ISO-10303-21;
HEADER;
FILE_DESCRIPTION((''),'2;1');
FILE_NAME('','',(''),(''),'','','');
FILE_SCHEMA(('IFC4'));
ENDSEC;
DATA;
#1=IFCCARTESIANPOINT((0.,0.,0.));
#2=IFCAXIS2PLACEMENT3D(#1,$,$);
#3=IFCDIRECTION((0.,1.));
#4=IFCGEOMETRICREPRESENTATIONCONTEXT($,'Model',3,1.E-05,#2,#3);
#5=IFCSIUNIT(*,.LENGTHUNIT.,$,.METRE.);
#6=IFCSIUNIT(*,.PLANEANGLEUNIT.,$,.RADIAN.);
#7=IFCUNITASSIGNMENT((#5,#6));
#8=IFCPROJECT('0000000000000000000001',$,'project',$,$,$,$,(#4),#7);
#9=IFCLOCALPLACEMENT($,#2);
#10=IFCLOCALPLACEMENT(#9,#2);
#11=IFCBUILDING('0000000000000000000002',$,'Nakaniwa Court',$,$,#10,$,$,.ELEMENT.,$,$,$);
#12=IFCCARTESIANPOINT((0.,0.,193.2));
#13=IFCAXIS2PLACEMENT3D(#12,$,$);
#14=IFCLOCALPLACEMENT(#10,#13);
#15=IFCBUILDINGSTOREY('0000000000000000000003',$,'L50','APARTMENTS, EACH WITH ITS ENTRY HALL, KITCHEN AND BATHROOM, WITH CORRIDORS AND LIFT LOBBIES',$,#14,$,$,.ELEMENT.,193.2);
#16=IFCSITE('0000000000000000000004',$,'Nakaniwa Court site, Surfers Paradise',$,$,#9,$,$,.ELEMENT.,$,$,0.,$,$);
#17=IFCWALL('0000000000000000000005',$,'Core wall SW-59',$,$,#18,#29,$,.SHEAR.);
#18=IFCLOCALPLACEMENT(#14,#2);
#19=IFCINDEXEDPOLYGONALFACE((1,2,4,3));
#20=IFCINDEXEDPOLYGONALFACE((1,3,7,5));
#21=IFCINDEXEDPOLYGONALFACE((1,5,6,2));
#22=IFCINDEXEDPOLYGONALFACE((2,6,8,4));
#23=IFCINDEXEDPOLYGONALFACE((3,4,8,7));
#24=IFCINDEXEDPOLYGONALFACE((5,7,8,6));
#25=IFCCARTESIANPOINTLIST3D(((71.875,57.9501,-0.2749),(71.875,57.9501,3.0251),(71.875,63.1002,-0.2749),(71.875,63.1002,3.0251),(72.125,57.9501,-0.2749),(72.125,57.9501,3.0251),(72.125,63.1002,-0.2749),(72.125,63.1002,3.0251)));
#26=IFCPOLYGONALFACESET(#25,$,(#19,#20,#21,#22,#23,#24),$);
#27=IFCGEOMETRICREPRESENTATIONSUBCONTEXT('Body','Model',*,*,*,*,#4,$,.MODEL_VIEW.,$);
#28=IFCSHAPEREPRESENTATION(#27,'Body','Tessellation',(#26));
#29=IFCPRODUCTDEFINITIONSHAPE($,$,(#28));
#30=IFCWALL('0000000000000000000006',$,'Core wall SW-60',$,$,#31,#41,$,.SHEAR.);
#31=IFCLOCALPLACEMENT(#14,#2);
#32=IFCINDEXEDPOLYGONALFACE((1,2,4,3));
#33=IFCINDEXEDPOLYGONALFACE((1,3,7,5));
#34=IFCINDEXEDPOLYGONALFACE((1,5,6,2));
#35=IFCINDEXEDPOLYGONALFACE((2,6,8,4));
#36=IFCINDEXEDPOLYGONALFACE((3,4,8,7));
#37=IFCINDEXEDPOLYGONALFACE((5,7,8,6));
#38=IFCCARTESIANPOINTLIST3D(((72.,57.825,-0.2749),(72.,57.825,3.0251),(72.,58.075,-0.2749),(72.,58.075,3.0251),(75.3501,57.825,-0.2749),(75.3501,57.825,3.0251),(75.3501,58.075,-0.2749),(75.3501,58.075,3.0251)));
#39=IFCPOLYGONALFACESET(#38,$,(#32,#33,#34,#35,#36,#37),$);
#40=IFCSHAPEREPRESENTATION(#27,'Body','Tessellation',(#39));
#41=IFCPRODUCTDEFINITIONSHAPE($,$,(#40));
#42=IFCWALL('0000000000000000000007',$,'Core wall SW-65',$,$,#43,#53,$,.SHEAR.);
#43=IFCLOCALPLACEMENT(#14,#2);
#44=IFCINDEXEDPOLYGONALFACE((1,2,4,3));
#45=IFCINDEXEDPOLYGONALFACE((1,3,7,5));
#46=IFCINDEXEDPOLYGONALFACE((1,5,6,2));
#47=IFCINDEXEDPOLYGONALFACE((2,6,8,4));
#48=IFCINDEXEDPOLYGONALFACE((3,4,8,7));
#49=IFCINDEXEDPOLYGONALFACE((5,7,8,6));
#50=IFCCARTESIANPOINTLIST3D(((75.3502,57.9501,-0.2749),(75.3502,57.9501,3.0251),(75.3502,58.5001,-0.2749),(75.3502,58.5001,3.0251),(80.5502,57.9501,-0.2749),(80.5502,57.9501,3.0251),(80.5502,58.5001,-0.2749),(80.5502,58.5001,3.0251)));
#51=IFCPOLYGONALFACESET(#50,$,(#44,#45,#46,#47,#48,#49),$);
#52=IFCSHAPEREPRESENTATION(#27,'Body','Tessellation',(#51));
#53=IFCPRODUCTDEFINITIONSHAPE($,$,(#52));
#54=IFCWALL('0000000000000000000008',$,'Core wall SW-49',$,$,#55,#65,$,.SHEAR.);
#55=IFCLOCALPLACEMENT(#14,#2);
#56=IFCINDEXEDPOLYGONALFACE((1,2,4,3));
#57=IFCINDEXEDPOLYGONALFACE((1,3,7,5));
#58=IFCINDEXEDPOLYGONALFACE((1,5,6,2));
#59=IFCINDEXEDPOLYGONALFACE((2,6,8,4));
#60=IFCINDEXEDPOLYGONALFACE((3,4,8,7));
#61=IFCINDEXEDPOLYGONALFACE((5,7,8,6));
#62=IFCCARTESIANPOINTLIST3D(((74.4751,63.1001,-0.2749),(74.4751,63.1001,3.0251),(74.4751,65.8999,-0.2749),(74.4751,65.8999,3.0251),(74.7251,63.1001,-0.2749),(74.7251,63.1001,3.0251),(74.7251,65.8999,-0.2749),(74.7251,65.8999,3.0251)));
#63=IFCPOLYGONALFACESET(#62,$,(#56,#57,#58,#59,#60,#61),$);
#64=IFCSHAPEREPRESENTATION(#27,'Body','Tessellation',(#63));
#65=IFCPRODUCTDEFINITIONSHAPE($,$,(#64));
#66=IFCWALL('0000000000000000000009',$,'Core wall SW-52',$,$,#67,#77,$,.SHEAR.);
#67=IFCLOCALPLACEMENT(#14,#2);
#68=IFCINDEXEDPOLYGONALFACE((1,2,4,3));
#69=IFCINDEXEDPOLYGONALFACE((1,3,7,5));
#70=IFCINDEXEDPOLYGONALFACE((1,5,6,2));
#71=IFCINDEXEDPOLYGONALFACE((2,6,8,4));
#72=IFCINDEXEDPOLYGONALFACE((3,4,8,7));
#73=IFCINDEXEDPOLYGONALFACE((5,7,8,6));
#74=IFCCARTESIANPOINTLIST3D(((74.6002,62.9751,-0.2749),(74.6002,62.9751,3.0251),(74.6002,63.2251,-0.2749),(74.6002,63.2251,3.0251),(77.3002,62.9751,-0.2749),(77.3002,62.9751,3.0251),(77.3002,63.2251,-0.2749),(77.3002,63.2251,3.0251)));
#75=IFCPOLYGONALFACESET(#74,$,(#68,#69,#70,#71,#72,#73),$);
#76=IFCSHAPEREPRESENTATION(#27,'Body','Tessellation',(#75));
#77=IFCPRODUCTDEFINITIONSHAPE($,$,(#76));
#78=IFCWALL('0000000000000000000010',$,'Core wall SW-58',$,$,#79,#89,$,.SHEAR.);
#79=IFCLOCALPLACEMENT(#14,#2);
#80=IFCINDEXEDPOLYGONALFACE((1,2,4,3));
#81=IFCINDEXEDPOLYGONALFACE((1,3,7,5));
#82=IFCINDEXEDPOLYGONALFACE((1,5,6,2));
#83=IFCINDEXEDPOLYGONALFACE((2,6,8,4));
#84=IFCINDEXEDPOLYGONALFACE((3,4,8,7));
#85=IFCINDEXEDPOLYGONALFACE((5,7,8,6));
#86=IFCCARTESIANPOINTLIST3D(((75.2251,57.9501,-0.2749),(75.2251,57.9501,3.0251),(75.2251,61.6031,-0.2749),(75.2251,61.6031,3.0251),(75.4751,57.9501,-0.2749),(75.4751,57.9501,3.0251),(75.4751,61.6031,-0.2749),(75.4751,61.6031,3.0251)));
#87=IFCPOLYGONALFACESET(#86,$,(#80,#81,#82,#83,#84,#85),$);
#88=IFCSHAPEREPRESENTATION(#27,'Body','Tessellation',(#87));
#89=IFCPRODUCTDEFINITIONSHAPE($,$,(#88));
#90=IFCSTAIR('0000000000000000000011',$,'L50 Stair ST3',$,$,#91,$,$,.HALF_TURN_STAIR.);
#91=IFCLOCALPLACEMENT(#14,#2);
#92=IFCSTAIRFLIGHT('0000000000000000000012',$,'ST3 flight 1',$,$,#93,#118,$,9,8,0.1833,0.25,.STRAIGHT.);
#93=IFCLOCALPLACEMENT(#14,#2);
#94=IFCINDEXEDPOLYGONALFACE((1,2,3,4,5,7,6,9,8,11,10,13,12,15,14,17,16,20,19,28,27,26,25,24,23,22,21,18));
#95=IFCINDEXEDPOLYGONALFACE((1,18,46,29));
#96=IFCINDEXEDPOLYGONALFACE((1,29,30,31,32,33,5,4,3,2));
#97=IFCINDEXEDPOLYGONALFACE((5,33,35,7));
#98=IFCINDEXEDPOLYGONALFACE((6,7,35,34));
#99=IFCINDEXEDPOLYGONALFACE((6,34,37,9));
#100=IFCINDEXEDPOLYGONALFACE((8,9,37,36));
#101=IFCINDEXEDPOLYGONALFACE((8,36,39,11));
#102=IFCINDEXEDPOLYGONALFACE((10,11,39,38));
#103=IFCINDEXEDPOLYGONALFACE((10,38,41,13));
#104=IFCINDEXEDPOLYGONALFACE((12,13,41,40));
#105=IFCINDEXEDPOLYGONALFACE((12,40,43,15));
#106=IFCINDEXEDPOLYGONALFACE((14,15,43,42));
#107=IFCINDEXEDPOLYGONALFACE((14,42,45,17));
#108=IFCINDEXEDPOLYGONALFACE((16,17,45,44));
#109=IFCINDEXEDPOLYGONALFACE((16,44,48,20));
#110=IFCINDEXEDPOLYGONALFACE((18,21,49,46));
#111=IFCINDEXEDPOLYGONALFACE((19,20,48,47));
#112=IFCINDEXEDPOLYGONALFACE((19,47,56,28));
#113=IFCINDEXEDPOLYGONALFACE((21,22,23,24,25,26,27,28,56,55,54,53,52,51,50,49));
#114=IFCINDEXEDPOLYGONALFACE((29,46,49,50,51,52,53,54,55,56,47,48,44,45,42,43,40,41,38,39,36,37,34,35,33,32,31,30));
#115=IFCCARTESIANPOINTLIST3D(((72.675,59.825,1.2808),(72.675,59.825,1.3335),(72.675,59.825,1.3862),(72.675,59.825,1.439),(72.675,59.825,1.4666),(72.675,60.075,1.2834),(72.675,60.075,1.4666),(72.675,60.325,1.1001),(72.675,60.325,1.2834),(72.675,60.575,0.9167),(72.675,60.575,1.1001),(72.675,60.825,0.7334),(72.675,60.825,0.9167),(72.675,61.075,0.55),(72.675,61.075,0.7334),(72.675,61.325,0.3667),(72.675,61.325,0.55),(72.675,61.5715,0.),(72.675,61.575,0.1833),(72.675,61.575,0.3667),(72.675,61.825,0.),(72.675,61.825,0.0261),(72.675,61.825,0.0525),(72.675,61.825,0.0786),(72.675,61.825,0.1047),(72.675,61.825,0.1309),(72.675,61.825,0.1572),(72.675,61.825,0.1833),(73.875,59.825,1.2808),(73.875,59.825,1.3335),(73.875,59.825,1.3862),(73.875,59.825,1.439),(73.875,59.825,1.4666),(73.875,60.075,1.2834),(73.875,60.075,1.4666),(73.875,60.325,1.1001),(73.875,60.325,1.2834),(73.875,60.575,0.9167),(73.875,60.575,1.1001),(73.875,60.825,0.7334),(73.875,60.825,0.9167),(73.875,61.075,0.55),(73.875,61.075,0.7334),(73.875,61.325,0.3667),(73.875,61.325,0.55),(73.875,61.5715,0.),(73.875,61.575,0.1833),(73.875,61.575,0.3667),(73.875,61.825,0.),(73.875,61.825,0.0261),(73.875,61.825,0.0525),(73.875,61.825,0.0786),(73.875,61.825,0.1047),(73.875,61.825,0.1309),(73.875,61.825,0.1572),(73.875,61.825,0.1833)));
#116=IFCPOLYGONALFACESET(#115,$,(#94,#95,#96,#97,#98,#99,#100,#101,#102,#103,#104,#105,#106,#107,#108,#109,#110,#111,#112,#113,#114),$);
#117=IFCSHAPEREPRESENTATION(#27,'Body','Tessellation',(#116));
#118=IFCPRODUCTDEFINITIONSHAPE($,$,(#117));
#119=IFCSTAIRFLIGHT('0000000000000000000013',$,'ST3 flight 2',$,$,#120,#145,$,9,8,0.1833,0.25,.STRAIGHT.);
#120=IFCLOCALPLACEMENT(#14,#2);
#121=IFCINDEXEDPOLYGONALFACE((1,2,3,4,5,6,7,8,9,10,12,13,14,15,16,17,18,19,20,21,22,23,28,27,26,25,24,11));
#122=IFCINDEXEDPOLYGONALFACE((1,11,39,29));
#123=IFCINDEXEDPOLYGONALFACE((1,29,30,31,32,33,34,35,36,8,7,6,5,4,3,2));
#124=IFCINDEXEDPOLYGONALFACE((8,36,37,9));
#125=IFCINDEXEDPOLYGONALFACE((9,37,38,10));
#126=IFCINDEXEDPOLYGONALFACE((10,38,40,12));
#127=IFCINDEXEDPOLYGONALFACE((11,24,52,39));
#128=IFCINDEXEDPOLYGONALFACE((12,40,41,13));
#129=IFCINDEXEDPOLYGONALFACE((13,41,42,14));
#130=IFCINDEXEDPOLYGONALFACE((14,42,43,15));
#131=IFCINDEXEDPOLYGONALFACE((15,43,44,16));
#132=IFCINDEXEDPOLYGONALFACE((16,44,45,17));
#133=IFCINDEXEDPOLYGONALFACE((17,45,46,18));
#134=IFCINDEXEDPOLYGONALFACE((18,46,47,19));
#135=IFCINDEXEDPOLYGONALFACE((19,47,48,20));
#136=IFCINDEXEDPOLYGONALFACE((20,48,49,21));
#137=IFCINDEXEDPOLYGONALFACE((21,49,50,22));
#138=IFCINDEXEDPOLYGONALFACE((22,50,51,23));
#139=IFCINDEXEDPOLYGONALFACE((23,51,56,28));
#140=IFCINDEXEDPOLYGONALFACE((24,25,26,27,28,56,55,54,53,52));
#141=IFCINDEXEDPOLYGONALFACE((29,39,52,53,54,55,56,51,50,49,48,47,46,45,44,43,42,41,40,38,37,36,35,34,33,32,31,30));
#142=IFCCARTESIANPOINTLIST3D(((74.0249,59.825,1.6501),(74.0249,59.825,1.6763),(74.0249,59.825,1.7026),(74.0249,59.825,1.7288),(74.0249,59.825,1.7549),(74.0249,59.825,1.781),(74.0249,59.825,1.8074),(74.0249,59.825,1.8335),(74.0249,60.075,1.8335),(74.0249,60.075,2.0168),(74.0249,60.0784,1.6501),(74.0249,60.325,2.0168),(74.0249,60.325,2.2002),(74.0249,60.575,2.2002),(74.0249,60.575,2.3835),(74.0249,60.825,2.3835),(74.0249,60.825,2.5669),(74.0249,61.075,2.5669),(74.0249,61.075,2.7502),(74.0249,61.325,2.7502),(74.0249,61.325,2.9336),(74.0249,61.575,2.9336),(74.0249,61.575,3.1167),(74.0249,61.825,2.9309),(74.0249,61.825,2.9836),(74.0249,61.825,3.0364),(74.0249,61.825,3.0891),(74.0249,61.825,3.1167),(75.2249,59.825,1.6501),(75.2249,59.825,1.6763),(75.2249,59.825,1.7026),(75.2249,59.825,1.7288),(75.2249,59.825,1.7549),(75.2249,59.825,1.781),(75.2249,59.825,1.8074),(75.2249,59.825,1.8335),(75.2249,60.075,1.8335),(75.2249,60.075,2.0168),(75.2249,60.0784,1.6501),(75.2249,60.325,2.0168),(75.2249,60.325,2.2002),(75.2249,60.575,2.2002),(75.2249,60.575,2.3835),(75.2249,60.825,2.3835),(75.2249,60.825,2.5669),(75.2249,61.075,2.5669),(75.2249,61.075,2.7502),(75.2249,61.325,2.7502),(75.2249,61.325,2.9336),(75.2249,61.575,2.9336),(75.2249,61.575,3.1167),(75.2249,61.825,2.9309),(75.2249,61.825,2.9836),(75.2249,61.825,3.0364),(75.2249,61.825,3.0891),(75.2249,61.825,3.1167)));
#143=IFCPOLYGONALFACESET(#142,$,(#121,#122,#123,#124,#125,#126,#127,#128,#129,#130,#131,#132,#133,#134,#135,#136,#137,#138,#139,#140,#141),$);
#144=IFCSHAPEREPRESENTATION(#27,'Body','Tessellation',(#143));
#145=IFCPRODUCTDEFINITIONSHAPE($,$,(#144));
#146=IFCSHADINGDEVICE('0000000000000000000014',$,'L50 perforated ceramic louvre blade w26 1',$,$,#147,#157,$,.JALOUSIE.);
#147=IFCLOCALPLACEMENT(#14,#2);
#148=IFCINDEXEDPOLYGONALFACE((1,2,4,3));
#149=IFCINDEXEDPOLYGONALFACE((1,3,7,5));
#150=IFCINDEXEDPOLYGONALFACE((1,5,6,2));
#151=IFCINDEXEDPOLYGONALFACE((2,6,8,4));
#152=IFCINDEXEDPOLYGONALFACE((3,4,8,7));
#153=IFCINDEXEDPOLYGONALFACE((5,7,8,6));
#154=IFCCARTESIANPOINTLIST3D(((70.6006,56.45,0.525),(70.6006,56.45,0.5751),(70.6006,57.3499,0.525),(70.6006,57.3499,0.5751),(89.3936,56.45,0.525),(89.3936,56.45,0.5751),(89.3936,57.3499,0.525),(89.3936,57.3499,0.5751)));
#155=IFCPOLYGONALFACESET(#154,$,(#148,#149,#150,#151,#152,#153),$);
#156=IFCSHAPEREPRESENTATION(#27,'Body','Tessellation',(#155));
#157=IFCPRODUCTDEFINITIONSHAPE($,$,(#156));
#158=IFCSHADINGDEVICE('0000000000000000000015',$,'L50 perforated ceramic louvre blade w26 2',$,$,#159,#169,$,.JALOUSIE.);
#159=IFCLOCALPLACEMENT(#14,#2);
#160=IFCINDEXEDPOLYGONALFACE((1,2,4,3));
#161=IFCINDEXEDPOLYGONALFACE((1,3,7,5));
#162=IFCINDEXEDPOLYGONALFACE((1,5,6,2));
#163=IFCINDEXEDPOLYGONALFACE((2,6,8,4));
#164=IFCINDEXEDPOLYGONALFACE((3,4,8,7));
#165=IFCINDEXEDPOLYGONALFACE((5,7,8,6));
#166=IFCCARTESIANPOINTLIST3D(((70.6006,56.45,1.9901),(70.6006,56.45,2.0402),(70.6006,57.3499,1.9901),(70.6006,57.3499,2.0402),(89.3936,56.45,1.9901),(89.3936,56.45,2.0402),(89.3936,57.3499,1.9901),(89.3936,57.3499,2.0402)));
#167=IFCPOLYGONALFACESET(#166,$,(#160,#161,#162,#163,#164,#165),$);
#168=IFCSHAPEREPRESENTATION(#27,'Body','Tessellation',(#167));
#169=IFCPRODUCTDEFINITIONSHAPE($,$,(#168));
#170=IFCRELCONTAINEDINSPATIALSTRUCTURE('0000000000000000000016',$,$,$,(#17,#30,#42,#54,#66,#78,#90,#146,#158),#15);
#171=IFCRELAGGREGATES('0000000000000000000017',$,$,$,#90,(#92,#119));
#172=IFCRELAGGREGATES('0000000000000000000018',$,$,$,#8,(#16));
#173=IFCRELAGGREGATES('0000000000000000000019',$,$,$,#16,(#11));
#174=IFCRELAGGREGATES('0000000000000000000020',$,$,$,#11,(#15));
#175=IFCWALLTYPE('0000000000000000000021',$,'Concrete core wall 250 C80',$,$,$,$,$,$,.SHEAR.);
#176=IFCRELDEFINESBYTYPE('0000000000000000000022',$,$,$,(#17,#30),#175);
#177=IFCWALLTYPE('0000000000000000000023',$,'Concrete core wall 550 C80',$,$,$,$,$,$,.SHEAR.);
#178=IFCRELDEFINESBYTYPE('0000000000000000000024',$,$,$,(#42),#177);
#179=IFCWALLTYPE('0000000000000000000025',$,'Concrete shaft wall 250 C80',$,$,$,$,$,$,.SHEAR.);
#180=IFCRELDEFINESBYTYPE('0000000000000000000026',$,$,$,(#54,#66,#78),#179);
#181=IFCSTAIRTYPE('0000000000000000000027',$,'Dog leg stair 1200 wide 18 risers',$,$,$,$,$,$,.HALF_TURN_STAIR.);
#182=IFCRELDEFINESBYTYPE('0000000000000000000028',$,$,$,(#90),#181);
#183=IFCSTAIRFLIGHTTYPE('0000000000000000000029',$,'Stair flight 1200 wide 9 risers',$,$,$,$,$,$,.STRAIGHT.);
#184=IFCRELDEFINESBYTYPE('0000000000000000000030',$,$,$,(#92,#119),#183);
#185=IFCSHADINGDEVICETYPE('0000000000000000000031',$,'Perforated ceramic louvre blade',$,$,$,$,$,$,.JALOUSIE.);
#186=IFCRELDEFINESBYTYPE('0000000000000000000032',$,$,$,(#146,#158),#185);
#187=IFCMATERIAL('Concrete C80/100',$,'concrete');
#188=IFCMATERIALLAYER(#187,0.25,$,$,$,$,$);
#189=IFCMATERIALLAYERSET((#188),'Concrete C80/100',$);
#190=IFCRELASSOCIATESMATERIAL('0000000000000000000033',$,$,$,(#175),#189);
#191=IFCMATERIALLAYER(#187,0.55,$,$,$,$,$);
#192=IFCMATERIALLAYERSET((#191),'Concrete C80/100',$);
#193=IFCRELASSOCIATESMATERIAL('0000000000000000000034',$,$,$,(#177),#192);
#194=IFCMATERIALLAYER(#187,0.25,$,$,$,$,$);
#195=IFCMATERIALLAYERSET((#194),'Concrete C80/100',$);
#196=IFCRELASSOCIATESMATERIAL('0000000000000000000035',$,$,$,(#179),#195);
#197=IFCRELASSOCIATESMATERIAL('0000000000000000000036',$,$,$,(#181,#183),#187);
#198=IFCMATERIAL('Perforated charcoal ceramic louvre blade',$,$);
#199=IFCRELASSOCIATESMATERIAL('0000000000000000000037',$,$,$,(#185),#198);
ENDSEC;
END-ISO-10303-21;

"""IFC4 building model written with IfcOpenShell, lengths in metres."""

from ifc_helpers import new_model, si_unit, direction, frame, frame_2d, origin, origin_2d, place, context, subcontext, project, spatial, polyline, rectangle, outline, extrude, material, layer, layer_set, material_profile, profile_set, type_object, element, aggregate, save


model = new_model("IFC4")

# Units and contexts
model_context = context("Model", 3, precision=1e-05, world=origin(), true_north=direction((0.0, 1.0)))
body_context = subcontext(model_context, "Body", "Model", "MODEL_VIEW")
ifc_project = project(units=[si_unit("LENGTHUNIT", "METRE"), si_unit("PLANEANGLEUNIT", "RADIAN")], contexts=[model_context])

# Site, building, storey
site_placement = place(None, origin())
site = spatial("IfcSite", under=ifc_project, at=site_placement, Name="Nakaniwa Court site, Surfers Paradise", CompositionType="ELEMENT", RefElevation=0.0)
building_placement = place(site_placement, origin())
building = spatial("IfcBuilding", under=site, at=building_placement, Name="Nakaniwa Court", CompositionType="ELEMENT")
storey_placement = place(building_placement, frame((0.0, 0.0, 193.2)))
storey = spatial("IfcBuildingStorey", under=building, at=storey_placement, Name="L50", Description="APARTMENTS, EACH WITH ITS ENTRY HALL, KITCHEN AND BATHROOM, WITH CORRIDORS AND LIFT LOBBIES", CompositionType="ELEMENT", Elevation=193.2)

# Shared definitions
ifc_material_1 = material(Name="Concrete C80/100", Category="concrete")

# Walls
ifc_layer_1 = layer(ifc_material_1, 0.25)
ifc_layer_set_1 = layer_set([ifc_layer_1], Name="Concrete C80/100")
wall_type_1 = type_object("IfcWallType", Name="Concrete core wall 250 C80", PredefinedType="SHEAR", material=ifc_layer_set_1)
wall_1_placement = place(storey_placement, frame((72.0, 57.95, -0.2749), z_axis=(0.0, 0.0, 1.0), x_axis=(0.0, 1.0, 0.0)))
element("IfcWall", 1, at=wall_1_placement, inside=storey, type_object=wall_type_1, Name="Core wall SW-59", PredefinedType="SHEAR", context=body_context, shape_type="SweptSolid", body=[
    extrude(rectangle(XDim=5.1501, YDim=0.25, at=frame_2d((2.5752, 0.0))), origin(), (0.0, 0.0, 1.0), 3.3),
])
wall_2_placement = place(storey_placement, frame((72.0, 57.95, -0.2749), z_axis=(0.0, 0.0, 1.0), x_axis=(1.0, 0.0, 0.0)))
element("IfcWall", 2, at=wall_2_placement, inside=storey, type_object=wall_type_1, Name="Core wall SW-60", PredefinedType="SHEAR", context=body_context, shape_type="SweptSolid", body=[
    extrude(rectangle(XDim=3.3501, YDim=0.25, at=frame_2d((1.675, 0.0))), origin(), (0.0, 0.0, 1.0), 3.3),
])
ifc_layer_2 = layer(ifc_material_1, 0.55)
ifc_layer_set_2 = layer_set([ifc_layer_2], Name="Concrete C80/100")
wall_type_2 = type_object("IfcWallType", Name="Concrete core wall 550 C80", PredefinedType="SHEAR", material=ifc_layer_set_2)
wall_3_placement = place(storey_placement, frame((75.3501, 58.2251, -0.2749), z_axis=(0.0, 0.0, 1.0), x_axis=(1.0, 0.0, 0.0)))
element("IfcWall", 3, at=wall_3_placement, inside=storey, type_object=wall_type_2, Name="Core wall SW-65", PredefinedType="SHEAR", context=body_context, shape_type="SweptSolid", body=[
    extrude(rectangle(XDim=5.2, YDim=0.55, at=frame_2d((2.6001, 0.0))), origin(), (0.0, 0.0, 1.0), 3.3),
])
ifc_layer_3 = layer(ifc_material_1, 0.25)
ifc_layer_set_3 = layer_set([ifc_layer_3], Name="Concrete C80/100")
wall_type_3 = type_object("IfcWallType", Name="Concrete shaft wall 250 C80", PredefinedType="SHEAR", material=ifc_layer_set_3)
wall_4_placement = place(storey_placement, frame((74.6001, 63.1001, -0.2749), z_axis=(0.0, 0.0, 1.0), x_axis=(0.0, 1.0, 0.0)))
element("IfcWall", 4, at=wall_4_placement, inside=storey, type_object=wall_type_3, Name="Core wall SW-49", PredefinedType="SHEAR", context=body_context, shape_type="SweptSolid", body=[
    extrude(rectangle(XDim=2.7998, YDim=0.25, at=frame_2d((1.3999, 0.0))), origin(), (0.0, 0.0, 1.0), 3.3),
])
wall_5_placement = place(storey_placement, frame((74.6001, 63.1001, -0.2749), z_axis=(0.0, 0.0, 1.0), x_axis=(1.0, 0.0, 0.0)))
element("IfcWall", 5, at=wall_5_placement, inside=storey, type_object=wall_type_3, Name="Core wall SW-52", PredefinedType="SHEAR", context=body_context, shape_type="SweptSolid", body=[
    extrude(rectangle(XDim=2.7, YDim=0.25, at=frame_2d((1.3501, 0.0))), origin(), (0.0, 0.0, 1.0), 3.3),
])
wall_6_placement = place(storey_placement, frame((75.3501, 57.95, -0.2749), z_axis=(0.0, 0.0, 1.0), x_axis=(0.0, 1.0, 0.0)))
element("IfcWall", 6, at=wall_6_placement, inside=storey, type_object=wall_type_3, Name="Core wall SW-58", PredefinedType="SHEAR", context=body_context, shape_type="SweptSolid", body=[
    extrude(rectangle(XDim=3.6531, YDim=0.25, at=frame_2d((1.8267, 0.0))), origin(), (0.0, 0.0, 1.0), 3.3),
])

# Stair, stair flights
stair_type = type_object("IfcStairType", Name="Dog leg stair 1200 wide 18 risers", PredefinedType="HALF_TURN_STAIR", material=ifc_material_1)
stair_placement = place(storey_placement, origin())
stair = element("IfcStair", 7, at=stair_placement, inside=storey, type_object=stair_type, Name="L50 Stair ST3", PredefinedType="HALF_TURN_STAIR")
stair_flight_type = type_object("IfcStairFlightType", Name="Stair flight 1200 wide 9 risers", PredefinedType="STRAIGHT", material=ifc_material_1)
stair_flight_1_placement = place(storey_placement, frame((73.2749, 61.825, 0.0), z_axis=(0.0, 0.0, 1.0), x_axis=(0.0, -1.0, 0.0)))
stair_flight_1 = element("IfcStairFlight", 8, at=stair_flight_1_placement, type_object=stair_flight_type, Name="ST3 flight 1", NumberOfRisers=9, NumberOfTreads=8, PredefinedType="STRAIGHT", RiserHeight=0.1833, TreadLength=0.25, context=body_context, shape_type="SweptSolid", body=[
    extrude(outline(polyline([(0.0, 0.0), (0.0, 0.0261), (0.0, 0.0525), (0.0, 0.0786), (0.0, 0.1047), (0.0, 0.1309), (0.0, 0.1572), (0.0, 0.1833), (0.25, 0.1833), (0.25, 0.3667), (0.5, 0.3667), (0.5, 0.55), (0.75, 0.55), (0.75, 0.7334), (1.0, 0.7334), (1.0, 0.9167), (1.25, 0.9167), (1.25, 1.1001), (1.5, 1.1001), (1.5, 1.2834), (1.75, 1.2834), (1.75, 1.4666), (2.0, 1.4666), (2.0, 1.6499), (2.0, 1.5972), (2.0, 1.5444), (2.0, 1.4917), (2.0, 1.439), (2.0, 1.3862), (2.0, 1.3335), (2.0, 1.2808), (0.2534, 0.0), (0.0, 0.0)])), frame((0.0, 0.6001, 0.0), z_axis=(0.0, -1.0, 0.0), x_axis=(1.0, 0.0, 0.0)), (0.0, 0.0, 1.0), 1.2),
])
stair_flight_2_placement = place(storey_placement, frame((74.625, 59.825, 1.6501), z_axis=(0.0, 0.0, 1.0), x_axis=(0.0, 1.0, 0.0)))
stair_flight_2 = element("IfcStairFlight", 9, at=stair_flight_2_placement, type_object=stair_flight_type, Name="ST3 flight 2", NumberOfRisers=9, NumberOfTreads=8, PredefinedType="STRAIGHT", RiserHeight=0.1833, TreadLength=0.25, context=body_context, shape_type="SweptSolid", body=[
    extrude(outline(polyline([(0.0, 0.0), (0.0, 0.0261), (0.0, 0.0525), (0.0, 0.0786), (0.0, 0.1047), (0.0, 0.1309), (0.0, 0.1572), (0.0, 0.1833), (0.25, 0.1833), (0.25, 0.3667), (0.5, 0.3667), (0.5, 0.55), (0.75, 0.55), (0.75, 0.7334), (1.0, 0.7334), (1.0, 0.9167), (1.25, 0.9167), (1.25, 1.1001), (1.5, 1.1001), (1.5, 1.2834), (1.75, 1.2834), (1.75, 1.4666), (2.0, 1.4666), (2.0, 1.6499), (2.0, 1.5972), (2.0, 1.5444), (2.0, 1.4917), (2.0, 1.439), (2.0, 1.3862), (2.0, 1.3335), (2.0, 1.2808), (0.2534, 0.0), (0.0, 0.0)])), frame((0.0, 0.6001, 0.0), z_axis=(0.0, -1.0, 0.0), x_axis=(1.0, 0.0, 0.0)), (0.0, 0.0, 1.0), 1.2),
])
aggregate(stair, [stair_flight_1, stair_flight_2])

# Shading devices
ifc_material_2 = material(Name="Perforated charcoal ceramic louvre blade")
ifc_material_profile_1 = material_profile(ifc_material_2, rectangle(XDim=0.8999, YDim=0.05, at=origin_2d()), Name="Perforated ceramic louvre blade")
ifc_profile_set_1 = profile_set([ifc_material_profile_1], Name="Perforated charcoal ceramic louvre blade")
shading_device_type = type_object("IfcShadingDeviceType", Name="Perforated ceramic louvre blade", PredefinedType="JALOUSIE", material=ifc_profile_set_1)
for number, where, z_axis, x_axis, name in (
    (10, (70.6006, 56.8999, 0.55), (1.0, 0.0, 0.0), (0.0, 1.0, 0.0), "L50 perforated ceramic louvre blade w26 1"),
    (11, (70.6006, 56.8999, 2.0151), (1.0, 0.0, 0.0), (0.0, 1.0, 0.0), "L50 perforated ceramic louvre blade w26 2"),
):
    element("IfcShadingDevice", number, at=place(storey_placement, frame(where, z_axis=z_axis, x_axis=x_axis)), inside=storey, type_object=shading_device_type, Name=name, PredefinedType="JALOUSIE", context=body_context, shape_type="SweptSolid", body=[
        extrude(rectangle(XDim=0.8999, YDim=0.05, at=origin_2d()), origin(), (0.0, 0.0, 1.0), 18.793),
    ])

save(model, "model.ifc")
